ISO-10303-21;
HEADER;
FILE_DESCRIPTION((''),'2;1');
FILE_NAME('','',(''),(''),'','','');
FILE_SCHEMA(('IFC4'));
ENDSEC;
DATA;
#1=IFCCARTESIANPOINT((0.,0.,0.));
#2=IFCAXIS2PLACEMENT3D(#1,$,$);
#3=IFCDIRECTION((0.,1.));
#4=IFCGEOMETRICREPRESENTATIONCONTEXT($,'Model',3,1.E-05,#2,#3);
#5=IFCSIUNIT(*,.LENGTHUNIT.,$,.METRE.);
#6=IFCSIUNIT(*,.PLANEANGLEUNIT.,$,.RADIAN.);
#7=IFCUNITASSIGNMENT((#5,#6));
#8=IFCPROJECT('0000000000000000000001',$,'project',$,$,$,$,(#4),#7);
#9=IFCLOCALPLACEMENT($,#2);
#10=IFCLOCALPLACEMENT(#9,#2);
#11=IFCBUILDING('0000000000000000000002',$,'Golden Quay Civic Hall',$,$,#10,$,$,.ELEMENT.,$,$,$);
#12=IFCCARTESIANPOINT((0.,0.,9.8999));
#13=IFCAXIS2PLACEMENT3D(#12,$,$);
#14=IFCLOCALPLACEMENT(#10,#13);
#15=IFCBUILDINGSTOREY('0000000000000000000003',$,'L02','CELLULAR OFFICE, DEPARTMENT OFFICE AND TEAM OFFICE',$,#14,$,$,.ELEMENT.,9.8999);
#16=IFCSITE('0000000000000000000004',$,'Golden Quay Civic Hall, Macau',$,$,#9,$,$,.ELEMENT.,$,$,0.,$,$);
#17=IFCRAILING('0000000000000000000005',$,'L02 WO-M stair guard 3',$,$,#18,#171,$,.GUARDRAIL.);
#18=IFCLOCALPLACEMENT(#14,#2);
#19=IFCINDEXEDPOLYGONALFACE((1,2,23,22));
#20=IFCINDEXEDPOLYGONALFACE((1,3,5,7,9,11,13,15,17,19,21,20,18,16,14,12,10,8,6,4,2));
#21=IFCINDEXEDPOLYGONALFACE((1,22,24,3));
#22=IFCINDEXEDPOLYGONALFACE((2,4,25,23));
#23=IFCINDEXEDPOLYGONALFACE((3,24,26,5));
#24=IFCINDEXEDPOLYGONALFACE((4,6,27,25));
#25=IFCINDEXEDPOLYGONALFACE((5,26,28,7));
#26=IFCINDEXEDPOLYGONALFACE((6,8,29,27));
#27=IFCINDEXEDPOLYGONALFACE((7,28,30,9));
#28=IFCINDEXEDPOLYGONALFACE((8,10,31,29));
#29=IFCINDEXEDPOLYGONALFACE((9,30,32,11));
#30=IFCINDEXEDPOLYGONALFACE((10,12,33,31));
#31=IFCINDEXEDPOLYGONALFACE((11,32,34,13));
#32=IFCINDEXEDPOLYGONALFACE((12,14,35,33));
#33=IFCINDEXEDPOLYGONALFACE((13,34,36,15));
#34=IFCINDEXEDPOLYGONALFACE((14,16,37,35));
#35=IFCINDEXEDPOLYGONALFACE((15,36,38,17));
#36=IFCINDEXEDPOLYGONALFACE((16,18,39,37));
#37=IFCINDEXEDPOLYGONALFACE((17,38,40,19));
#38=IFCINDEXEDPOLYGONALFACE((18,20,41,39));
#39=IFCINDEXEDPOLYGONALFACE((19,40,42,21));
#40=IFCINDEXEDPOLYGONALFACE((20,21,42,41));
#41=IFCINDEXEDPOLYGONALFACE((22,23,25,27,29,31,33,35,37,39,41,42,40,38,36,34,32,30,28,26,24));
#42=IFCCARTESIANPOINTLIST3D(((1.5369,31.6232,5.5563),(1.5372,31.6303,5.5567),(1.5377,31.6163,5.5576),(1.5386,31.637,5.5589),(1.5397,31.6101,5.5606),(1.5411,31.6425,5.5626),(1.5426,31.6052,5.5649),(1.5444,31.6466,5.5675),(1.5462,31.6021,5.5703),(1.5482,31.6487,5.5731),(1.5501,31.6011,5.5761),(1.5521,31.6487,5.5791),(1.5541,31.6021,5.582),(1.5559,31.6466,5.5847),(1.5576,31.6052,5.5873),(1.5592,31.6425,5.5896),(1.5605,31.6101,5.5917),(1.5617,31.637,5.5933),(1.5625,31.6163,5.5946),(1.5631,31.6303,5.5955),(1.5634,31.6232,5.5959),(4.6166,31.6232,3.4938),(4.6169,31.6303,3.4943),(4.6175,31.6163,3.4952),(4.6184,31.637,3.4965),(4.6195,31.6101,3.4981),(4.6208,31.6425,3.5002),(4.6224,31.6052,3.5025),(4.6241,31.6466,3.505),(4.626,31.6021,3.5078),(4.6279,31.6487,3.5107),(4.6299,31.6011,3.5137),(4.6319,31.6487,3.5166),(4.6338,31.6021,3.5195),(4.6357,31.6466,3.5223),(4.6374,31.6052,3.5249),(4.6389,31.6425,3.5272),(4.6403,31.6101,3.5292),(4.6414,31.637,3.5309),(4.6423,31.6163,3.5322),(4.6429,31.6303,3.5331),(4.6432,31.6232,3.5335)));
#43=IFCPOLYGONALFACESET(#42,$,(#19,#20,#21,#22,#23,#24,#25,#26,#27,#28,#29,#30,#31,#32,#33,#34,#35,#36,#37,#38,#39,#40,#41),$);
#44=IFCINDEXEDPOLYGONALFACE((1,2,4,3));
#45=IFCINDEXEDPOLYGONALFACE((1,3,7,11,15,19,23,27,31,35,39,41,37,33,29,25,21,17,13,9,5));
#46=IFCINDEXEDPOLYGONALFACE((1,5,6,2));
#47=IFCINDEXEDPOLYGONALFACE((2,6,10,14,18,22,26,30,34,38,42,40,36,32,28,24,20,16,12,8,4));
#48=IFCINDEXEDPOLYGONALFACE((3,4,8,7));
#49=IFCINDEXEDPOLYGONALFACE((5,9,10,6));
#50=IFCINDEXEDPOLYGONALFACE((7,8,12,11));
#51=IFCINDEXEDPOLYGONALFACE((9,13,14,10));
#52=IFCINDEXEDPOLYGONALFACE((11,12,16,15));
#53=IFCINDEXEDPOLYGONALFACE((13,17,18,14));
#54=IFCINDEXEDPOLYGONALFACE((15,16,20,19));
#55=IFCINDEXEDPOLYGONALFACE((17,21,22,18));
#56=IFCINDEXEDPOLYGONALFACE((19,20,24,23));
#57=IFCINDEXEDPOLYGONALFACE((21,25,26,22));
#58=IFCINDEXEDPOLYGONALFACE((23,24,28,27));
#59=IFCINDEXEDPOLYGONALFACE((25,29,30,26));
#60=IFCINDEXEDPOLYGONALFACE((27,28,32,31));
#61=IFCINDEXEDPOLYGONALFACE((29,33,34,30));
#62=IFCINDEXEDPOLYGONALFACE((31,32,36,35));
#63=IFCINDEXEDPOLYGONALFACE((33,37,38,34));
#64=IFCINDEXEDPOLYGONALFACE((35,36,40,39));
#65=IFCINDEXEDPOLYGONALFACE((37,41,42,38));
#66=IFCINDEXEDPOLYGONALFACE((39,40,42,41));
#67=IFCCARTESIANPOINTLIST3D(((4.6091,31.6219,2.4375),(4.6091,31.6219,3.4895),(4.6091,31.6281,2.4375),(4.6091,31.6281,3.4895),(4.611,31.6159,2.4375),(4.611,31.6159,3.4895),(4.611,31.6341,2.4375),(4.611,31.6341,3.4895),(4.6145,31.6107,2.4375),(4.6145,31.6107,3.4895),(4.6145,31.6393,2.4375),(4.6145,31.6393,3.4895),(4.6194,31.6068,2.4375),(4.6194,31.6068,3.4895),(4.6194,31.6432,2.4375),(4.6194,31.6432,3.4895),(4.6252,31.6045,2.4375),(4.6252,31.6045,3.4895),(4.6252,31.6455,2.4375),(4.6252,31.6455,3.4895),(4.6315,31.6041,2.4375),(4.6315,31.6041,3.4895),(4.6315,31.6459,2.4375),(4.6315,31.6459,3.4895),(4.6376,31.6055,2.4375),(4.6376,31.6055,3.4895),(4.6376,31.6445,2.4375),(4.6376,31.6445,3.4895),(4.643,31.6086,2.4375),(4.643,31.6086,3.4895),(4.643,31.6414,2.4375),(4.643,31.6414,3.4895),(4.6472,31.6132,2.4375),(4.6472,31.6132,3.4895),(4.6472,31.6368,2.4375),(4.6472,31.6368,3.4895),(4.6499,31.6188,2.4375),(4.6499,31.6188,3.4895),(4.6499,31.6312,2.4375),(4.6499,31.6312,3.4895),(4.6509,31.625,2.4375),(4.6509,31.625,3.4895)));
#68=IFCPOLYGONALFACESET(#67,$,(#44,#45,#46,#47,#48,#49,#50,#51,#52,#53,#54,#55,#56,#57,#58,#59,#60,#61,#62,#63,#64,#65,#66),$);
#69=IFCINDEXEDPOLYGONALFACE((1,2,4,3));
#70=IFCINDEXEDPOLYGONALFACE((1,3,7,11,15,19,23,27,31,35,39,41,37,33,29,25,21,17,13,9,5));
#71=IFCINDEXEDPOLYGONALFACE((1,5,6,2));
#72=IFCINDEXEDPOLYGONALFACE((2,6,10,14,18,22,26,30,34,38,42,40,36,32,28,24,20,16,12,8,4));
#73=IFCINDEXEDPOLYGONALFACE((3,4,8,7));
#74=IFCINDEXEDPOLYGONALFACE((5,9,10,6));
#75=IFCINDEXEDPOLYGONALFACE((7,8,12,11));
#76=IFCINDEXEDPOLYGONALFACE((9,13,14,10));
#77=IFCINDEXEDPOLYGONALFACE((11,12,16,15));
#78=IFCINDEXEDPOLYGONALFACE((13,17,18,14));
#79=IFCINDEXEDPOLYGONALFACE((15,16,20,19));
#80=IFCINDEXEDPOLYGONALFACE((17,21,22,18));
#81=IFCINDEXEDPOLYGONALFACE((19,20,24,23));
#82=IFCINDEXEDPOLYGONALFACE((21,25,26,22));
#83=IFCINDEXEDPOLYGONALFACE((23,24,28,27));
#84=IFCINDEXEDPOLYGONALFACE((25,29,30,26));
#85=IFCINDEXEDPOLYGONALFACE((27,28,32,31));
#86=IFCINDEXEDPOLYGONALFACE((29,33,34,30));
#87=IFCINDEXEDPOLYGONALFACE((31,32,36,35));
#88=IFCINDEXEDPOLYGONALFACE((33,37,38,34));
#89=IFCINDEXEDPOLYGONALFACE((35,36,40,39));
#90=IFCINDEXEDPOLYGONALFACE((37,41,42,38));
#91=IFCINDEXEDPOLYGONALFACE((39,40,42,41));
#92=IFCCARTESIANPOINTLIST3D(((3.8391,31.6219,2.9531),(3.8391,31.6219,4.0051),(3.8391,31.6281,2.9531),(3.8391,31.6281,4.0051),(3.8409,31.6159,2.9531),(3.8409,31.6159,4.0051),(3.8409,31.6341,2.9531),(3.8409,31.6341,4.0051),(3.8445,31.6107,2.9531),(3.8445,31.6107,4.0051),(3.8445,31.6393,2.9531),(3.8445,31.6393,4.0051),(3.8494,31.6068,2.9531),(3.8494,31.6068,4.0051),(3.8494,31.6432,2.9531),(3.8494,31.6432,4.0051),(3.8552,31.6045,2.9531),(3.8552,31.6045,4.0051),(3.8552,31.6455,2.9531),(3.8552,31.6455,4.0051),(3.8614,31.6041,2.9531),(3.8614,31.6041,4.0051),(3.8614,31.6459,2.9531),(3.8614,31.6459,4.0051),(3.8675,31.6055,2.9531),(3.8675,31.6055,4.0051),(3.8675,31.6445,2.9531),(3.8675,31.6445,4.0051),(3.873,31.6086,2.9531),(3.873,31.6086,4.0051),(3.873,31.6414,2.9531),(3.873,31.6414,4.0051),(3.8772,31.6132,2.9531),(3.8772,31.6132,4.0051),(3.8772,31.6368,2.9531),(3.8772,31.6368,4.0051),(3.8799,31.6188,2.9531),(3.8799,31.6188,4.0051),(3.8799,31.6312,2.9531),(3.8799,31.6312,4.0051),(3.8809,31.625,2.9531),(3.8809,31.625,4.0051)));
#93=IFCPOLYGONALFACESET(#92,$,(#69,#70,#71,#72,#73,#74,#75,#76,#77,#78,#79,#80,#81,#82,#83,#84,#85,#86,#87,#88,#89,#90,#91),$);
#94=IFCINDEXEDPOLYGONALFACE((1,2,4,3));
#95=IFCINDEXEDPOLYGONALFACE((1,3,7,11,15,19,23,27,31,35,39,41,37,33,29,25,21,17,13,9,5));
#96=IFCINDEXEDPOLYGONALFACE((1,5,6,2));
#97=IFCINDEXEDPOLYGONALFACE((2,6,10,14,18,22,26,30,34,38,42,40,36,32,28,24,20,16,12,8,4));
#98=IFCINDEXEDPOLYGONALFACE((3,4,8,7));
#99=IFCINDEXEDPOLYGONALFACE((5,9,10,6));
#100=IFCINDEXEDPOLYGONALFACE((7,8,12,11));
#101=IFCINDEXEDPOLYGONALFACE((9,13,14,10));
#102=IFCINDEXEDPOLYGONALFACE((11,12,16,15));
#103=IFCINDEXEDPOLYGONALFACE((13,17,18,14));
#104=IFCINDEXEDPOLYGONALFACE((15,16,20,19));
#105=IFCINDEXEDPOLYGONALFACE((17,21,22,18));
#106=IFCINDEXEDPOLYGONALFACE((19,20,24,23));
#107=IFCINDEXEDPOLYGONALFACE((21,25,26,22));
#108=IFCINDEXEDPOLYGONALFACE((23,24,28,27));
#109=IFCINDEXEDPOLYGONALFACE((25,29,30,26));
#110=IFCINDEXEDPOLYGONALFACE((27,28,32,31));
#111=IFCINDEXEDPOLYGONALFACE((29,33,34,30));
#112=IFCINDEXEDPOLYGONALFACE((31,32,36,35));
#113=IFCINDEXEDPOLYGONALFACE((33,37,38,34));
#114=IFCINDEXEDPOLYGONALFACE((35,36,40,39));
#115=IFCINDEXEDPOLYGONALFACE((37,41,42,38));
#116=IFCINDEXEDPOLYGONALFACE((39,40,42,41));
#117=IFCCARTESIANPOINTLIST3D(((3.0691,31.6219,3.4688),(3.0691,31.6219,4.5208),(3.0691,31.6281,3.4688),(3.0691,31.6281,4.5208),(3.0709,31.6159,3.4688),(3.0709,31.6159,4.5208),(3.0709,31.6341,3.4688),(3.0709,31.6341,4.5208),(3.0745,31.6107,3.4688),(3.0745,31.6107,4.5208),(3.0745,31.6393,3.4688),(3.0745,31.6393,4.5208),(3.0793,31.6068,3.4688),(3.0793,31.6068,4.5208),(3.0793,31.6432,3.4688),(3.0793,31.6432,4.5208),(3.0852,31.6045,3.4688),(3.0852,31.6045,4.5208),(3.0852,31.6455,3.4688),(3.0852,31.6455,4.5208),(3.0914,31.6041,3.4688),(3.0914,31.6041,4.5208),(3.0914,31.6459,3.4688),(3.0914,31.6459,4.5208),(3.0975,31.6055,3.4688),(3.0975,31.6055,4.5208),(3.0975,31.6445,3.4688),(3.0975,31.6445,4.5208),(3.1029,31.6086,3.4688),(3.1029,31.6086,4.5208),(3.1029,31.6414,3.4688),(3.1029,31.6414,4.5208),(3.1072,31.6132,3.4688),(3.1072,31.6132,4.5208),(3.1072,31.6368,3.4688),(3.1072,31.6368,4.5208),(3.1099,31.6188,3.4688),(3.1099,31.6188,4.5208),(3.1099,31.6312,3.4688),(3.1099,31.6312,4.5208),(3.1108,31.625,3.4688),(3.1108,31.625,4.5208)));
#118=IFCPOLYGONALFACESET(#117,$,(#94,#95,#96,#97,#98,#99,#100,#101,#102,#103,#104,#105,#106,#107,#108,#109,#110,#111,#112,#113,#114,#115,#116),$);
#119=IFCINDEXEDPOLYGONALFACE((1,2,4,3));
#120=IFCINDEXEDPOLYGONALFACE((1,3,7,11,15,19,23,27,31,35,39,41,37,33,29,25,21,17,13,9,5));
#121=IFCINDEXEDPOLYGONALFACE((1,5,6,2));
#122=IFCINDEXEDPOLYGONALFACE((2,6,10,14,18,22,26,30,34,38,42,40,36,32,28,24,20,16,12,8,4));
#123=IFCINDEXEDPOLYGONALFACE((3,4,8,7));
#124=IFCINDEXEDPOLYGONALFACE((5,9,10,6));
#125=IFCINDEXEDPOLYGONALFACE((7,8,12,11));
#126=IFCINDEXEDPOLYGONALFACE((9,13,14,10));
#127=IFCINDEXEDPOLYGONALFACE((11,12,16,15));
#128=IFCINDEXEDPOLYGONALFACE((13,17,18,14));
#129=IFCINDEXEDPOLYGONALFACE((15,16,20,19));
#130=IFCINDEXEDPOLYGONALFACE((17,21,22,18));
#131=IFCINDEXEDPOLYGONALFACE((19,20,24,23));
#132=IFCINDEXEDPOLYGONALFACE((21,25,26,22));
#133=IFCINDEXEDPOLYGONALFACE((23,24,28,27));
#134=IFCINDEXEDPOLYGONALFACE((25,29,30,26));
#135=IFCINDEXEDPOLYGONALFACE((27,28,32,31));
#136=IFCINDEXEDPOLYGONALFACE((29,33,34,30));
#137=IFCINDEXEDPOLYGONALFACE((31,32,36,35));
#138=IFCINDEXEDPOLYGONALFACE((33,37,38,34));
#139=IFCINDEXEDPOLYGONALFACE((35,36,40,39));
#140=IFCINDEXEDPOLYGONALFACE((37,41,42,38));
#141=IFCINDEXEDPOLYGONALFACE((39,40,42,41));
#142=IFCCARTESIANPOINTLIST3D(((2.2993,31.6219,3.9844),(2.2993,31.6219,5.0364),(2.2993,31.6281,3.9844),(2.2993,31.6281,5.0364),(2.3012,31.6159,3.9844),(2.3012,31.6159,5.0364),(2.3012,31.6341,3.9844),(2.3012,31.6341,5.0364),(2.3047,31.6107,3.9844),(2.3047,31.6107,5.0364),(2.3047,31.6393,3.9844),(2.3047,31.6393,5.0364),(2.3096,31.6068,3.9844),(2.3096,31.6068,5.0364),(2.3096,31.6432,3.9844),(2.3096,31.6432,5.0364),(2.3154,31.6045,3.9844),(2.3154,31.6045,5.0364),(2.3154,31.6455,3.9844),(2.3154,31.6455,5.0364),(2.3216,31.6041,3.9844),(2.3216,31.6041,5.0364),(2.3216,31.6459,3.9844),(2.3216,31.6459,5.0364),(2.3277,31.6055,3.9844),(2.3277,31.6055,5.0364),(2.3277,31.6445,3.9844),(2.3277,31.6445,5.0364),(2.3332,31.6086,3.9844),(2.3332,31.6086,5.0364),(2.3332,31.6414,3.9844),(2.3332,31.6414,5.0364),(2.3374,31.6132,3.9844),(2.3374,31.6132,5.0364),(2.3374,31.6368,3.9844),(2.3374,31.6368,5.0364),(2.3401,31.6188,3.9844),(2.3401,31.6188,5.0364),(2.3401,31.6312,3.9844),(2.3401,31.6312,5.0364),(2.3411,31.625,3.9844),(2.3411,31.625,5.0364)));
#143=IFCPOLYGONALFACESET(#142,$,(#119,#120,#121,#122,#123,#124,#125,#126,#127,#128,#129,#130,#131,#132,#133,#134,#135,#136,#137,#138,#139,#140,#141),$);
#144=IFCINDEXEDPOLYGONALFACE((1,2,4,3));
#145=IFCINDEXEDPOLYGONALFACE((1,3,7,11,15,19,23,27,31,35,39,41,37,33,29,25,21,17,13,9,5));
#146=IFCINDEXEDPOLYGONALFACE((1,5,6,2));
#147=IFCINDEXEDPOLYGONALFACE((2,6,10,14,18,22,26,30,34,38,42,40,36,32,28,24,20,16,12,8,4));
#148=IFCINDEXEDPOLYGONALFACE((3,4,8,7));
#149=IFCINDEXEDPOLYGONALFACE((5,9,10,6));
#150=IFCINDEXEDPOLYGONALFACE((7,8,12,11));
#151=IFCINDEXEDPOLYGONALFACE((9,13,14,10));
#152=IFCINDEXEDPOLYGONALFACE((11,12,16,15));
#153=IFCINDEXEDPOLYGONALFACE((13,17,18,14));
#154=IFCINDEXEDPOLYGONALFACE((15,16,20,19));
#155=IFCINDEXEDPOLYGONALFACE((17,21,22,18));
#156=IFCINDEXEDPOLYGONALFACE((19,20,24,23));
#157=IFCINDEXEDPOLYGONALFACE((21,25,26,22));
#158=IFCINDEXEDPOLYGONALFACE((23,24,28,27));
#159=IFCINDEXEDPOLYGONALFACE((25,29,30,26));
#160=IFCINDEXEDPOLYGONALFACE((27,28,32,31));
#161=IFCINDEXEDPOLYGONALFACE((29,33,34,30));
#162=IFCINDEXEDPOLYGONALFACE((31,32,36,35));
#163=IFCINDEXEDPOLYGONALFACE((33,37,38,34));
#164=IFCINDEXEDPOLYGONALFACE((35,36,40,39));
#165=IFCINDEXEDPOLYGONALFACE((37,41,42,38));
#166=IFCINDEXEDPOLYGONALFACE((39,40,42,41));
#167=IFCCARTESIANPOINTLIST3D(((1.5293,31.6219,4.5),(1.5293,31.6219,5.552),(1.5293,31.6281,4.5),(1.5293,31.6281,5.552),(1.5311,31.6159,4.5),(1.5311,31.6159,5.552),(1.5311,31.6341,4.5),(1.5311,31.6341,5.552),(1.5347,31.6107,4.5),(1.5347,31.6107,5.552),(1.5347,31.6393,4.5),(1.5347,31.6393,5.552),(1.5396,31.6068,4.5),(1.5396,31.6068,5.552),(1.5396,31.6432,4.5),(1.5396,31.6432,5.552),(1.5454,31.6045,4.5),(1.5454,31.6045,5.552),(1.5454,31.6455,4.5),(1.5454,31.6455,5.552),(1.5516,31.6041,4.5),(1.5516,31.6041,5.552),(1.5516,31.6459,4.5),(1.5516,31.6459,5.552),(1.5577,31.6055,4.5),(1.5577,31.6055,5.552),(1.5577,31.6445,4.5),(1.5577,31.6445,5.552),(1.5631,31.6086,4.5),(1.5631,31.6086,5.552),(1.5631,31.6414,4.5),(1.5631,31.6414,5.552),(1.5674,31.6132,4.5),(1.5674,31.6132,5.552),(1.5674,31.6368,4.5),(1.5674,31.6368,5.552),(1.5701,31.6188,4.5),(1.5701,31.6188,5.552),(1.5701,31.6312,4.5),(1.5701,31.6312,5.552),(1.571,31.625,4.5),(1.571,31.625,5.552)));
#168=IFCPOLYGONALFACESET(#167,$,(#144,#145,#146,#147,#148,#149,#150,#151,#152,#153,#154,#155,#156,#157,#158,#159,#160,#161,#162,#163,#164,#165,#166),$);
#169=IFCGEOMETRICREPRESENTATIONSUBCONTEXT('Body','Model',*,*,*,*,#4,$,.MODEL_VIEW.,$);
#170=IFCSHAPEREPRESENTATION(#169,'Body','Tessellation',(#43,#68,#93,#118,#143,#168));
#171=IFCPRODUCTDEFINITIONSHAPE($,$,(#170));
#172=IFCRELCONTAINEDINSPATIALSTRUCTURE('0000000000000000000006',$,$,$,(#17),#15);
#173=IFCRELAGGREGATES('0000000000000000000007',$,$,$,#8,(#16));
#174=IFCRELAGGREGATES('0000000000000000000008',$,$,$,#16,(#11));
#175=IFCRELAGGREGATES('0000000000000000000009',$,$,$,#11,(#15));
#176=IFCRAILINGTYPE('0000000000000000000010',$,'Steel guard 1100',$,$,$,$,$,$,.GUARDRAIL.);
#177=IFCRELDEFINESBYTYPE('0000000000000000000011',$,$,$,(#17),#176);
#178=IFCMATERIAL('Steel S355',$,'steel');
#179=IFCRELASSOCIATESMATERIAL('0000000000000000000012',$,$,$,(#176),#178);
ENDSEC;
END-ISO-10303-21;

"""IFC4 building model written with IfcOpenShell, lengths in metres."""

from ifc_helpers import new_model, si_unit, direction, frame, origin, origin_2d, place, context, subcontext, project, spatial, circle, extrude, material, type_object, element, save


model = new_model("IFC4")

# Units and contexts
model_context = context("Model", 3, precision=1e-05, world=origin(), true_north=direction((0.0, 1.0)))
body_context = subcontext(model_context, "Body", "Model", "MODEL_VIEW")
ifc_project = project(units=[si_unit("LENGTHUNIT", "METRE"), si_unit("PLANEANGLEUNIT", "RADIAN")], contexts=[model_context])

# Site, building, storey
site_placement = place(None, origin())
site = spatial("IfcSite", under=ifc_project, at=site_placement, Name="Golden Quay Civic Hall, Macau", CompositionType="ELEMENT", RefElevation=0.0)
building_placement = place(site_placement, origin())
building = spatial("IfcBuilding", under=site, at=building_placement, Name="Golden Quay Civic Hall", CompositionType="ELEMENT")
storey_placement = place(building_placement, frame((0.0, 0.0, 9.8999)))
storey = spatial("IfcBuildingStorey", under=building, at=storey_placement, Name="L02", Description="CELLULAR OFFICE, DEPARTMENT OFFICE AND TEAM OFFICE", CompositionType="ELEMENT", Elevation=9.8999)

# Railing
ifc_material_1 = material(Name="Steel S355", Category="steel")
railing_type_1 = type_object("IfcRailingType", Name="Steel guard 1100", PredefinedType="GUARDRAIL", material=ifc_material_1)
railing_1_placement = place(storey_placement, frame((4.6299, 31.625, 2.4375)))
element("IfcRailing", 1, at=railing_1_placement, inside=storey, type_object=railing_type_1, Name="L02 WO-M stair guard 3", PredefinedType="GUARDRAIL", context=body_context, shape_type="SweptSolid", body=[
    extrude(circle(Radius=0.0239, at=origin_2d()), frame((0.0, 0.0, 1.0762), z_axis=(-0.830893, 0.0, 0.556432), x_axis=(0.0, -1.0, 0.0)), (0.0, 0.0, 1.0), 3.7065),
    extrude(circle(Radius=0.021, at=origin_2d()), origin(), (0.0, 0.0, 1.0), 1.052),
    extrude(circle(Radius=0.021, at=origin_2d()), frame((-0.77, 0.0, 0.5156)), (0.0, 0.0, 1.0), 1.052),
    extrude(circle(Radius=0.021, at=origin_2d()), frame((-1.54, 0.0, 1.0312)), (0.0, 0.0, 1.0), 1.052),
    extrude(circle(Radius=0.021, at=origin_2d()), frame((-2.3098, 0.0, 1.5469)), (0.0, 0.0, 1.0), 1.052),
    extrude(circle(Radius=0.021, at=origin_2d()), frame((-3.0798, 0.0, 2.0625)), (0.0, 0.0, 1.0), 1.052),
])

save(model, "model.ifc")
